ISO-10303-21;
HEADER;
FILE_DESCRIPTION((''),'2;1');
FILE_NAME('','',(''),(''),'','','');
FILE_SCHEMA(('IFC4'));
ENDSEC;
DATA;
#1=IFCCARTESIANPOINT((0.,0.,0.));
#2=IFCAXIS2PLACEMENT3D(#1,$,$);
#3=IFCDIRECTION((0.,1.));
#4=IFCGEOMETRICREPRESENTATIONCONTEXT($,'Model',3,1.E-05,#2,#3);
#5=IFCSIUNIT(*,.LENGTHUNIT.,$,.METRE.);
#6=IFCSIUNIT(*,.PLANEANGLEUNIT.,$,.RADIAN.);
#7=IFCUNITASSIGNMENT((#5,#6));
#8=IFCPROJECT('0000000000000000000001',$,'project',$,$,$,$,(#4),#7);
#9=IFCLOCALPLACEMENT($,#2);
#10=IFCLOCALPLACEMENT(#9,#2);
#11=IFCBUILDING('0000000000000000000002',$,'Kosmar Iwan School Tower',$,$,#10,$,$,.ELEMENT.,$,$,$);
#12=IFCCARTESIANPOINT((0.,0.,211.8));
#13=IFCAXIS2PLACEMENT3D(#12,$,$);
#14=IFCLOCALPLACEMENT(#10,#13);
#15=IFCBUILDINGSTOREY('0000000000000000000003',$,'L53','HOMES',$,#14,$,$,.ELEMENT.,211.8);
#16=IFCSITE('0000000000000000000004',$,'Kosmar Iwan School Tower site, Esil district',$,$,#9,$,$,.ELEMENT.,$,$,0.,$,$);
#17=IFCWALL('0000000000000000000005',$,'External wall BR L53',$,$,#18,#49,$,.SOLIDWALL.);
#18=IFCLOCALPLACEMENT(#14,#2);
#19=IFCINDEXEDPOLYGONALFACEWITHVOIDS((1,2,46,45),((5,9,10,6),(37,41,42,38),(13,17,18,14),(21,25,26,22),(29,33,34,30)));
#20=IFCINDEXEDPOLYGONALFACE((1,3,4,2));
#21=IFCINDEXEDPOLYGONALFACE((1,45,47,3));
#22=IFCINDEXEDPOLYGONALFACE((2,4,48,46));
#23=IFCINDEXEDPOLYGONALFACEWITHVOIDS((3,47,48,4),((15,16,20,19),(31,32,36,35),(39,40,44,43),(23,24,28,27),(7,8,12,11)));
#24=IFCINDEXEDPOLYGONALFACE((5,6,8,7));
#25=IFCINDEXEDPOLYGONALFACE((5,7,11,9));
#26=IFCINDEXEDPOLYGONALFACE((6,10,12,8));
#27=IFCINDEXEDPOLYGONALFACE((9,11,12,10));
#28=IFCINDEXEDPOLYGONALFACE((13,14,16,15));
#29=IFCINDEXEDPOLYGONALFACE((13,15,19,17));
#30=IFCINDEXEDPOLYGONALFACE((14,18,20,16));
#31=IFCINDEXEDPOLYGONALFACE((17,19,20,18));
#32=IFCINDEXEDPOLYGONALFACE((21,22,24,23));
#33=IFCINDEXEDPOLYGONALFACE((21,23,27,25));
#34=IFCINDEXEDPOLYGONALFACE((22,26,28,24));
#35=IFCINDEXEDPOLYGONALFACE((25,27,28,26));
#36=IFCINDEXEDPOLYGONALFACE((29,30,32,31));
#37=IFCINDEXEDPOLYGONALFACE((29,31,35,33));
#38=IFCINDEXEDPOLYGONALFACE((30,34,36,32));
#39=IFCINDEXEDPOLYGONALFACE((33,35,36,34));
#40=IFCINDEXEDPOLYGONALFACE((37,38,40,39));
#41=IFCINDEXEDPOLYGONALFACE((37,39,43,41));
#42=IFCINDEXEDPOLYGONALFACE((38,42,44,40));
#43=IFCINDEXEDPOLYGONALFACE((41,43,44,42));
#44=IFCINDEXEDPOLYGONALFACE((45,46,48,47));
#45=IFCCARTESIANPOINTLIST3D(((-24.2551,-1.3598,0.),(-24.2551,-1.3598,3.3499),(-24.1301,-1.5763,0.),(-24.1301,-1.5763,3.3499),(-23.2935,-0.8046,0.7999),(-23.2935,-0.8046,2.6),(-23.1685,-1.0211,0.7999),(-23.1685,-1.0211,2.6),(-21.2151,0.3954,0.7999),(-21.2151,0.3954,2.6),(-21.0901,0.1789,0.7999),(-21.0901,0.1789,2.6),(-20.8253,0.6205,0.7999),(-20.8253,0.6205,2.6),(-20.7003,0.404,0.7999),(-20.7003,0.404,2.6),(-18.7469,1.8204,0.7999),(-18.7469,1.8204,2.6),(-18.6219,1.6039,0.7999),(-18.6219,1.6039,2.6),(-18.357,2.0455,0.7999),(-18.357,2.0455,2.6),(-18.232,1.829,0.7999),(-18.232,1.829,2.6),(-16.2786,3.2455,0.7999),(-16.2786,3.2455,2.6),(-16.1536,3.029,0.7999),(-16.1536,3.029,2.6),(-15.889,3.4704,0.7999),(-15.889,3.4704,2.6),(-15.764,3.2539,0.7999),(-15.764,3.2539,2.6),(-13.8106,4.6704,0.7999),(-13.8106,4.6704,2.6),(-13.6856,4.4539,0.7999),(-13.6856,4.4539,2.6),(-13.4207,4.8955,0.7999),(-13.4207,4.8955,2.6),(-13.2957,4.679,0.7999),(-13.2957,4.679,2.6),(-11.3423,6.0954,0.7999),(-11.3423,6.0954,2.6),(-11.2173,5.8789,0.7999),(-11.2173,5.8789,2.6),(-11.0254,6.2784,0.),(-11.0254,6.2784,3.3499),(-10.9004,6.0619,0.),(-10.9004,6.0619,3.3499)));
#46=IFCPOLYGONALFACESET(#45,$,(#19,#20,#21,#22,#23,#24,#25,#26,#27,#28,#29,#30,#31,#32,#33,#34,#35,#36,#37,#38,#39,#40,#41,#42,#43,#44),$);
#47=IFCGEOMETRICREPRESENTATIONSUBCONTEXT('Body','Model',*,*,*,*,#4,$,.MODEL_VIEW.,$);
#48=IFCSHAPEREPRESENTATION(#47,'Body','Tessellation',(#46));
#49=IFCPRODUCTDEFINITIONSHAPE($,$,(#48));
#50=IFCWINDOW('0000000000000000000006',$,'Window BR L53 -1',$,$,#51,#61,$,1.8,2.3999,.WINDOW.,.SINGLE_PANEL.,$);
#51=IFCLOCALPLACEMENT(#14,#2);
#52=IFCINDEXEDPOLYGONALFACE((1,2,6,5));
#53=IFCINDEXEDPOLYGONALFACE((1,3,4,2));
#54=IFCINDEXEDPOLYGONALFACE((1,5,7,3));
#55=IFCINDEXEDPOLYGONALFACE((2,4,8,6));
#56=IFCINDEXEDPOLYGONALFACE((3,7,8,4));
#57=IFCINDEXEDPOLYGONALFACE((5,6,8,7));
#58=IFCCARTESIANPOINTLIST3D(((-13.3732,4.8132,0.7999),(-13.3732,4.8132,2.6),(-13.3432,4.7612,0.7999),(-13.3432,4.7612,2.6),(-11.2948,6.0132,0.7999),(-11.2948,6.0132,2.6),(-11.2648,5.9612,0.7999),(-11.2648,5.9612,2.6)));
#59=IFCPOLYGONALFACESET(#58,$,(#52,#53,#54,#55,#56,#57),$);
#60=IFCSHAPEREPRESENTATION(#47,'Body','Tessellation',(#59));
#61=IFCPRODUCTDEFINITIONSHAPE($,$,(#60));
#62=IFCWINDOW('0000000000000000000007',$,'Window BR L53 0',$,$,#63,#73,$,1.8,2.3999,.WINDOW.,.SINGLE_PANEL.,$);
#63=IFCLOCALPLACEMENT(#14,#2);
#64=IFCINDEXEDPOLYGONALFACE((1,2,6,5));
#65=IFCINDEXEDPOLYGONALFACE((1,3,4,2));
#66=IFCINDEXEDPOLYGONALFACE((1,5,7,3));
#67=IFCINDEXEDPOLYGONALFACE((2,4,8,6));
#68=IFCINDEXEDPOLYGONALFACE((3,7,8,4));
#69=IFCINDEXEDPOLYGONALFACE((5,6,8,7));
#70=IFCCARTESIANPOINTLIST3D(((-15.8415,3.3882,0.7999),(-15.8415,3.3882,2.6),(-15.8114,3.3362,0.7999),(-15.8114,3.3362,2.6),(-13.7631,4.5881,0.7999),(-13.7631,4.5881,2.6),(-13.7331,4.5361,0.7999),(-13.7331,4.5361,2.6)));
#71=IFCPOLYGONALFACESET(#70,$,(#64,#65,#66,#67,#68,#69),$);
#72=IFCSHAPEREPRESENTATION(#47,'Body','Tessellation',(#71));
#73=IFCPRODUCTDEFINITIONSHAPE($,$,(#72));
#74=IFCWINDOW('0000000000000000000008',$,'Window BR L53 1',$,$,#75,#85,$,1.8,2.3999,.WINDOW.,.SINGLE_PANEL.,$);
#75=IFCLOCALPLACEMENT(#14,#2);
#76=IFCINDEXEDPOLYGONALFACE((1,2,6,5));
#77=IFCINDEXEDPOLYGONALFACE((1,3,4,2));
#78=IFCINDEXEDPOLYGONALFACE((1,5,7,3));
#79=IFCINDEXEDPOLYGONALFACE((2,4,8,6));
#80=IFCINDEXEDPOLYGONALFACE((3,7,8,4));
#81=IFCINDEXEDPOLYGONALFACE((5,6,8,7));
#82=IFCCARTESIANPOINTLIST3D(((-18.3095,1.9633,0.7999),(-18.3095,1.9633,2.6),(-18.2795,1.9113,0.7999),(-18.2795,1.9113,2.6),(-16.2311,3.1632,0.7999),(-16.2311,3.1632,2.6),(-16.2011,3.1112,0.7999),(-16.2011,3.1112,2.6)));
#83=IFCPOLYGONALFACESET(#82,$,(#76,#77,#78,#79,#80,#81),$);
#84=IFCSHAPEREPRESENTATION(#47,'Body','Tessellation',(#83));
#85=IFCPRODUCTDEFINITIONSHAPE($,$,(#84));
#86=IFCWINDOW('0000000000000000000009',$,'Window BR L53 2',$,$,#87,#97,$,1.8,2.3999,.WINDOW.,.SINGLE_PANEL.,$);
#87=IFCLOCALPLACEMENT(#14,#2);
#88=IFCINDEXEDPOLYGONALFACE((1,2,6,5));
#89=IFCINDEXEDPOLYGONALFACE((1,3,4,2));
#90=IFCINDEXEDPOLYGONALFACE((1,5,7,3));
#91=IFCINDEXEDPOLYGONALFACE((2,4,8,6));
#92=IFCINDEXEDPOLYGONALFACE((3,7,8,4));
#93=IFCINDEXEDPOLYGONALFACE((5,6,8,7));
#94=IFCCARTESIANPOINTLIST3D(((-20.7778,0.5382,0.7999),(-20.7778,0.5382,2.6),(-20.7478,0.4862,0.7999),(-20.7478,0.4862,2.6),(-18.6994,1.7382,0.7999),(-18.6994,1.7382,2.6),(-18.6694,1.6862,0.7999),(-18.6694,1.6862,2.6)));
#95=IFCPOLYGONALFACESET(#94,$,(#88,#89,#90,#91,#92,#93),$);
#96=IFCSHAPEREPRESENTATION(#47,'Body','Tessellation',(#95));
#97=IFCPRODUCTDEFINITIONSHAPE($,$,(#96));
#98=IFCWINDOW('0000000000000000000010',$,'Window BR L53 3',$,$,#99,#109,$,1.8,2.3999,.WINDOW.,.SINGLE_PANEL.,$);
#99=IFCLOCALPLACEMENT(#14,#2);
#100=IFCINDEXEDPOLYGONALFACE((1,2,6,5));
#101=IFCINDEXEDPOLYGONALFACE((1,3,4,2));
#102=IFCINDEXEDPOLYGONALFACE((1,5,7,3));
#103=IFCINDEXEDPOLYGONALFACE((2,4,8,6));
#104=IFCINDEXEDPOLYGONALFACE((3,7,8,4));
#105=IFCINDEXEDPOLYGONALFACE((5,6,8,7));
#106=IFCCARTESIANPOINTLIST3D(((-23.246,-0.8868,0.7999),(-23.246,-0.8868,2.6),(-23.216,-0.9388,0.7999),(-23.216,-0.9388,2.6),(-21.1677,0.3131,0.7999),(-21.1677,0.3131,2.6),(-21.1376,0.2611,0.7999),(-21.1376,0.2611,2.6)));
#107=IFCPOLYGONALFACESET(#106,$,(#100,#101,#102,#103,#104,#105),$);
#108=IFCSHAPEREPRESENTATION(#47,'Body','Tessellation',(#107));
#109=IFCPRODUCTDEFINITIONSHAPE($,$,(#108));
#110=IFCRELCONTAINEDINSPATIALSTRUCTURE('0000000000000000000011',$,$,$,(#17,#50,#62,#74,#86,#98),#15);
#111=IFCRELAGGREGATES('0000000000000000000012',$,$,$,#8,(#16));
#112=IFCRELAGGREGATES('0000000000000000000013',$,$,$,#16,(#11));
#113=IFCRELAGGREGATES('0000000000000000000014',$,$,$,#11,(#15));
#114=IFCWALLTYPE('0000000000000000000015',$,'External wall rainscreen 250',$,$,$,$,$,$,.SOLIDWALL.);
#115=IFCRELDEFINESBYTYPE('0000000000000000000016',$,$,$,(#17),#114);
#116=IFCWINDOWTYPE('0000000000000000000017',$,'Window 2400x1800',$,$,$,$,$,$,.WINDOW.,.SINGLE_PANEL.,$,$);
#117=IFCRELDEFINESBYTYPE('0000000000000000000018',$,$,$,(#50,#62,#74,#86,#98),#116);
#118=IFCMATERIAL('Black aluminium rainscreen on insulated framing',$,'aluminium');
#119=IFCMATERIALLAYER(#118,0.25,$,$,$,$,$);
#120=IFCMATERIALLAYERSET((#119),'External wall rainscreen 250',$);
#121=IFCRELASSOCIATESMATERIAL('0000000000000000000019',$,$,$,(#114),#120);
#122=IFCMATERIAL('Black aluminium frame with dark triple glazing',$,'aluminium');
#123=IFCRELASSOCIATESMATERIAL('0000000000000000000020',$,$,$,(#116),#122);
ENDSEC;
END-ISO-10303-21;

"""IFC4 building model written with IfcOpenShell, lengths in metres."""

from ifc_helpers import new_model, si_unit, direction, frame, frame_2d, origin, place, context, subcontext, project, spatial, rectangle, extrude, material, layer, layer_set, type_object, element, fill, save


model = new_model("IFC4")

# Units and contexts
model_context = context("Model", 3, precision=1e-05, world=origin(), true_north=direction((0.0, 1.0)))
body_context = subcontext(model_context, "Body", "Model", "MODEL_VIEW")
ifc_project = project(units=[si_unit("LENGTHUNIT", "METRE"), si_unit("PLANEANGLEUNIT", "RADIAN")], contexts=[model_context])

# Site, building, storey
site_placement = place(None, origin())
site = spatial("IfcSite", under=ifc_project, at=site_placement, Name="Kosmar Iwan School Tower site, Esil district", CompositionType="ELEMENT", RefElevation=0.0)
building_placement = place(site_placement, origin())
building = spatial("IfcBuilding", under=site, at=building_placement, Name="Kosmar Iwan School Tower", CompositionType="ELEMENT")
storey_placement = place(building_placement, frame((0.0, 0.0, 211.8)))
storey = spatial("IfcBuildingStorey", under=building, at=storey_placement, Name="L53", Description="HOMES", CompositionType="ELEMENT", Elevation=211.8)

# Wall, openings, windows
ifc_material_1 = material(Name="Black aluminium rainscreen on insulated framing", Category="aluminium")
ifc_layer_1 = layer(ifc_material_1, 0.25)
ifc_layer_set_1 = layer_set([ifc_layer_1], Name="External wall rainscreen 250")
wall_type_1 = type_object("IfcWallType", Name="External wall rainscreen 250", PredefinedType="SOLIDWALL", material=ifc_layer_set_1)
ifc_material_2 = material(Name="Black aluminium frame with dark triple glazing", Category="aluminium")
window_type = type_object("IfcWindowType", Name="Window 2400x1800", PartitioningType="SINGLE_PANEL", PredefinedType="WINDOW", material=ifc_material_2)
wall_1_placement = place(storey_placement, frame((-10.9629, 6.1702, 0.0), z_axis=(0.0, 0.0, 1.0), x_axis=(-0.866026, -0.5, 0.0)))
wall_1 = element("IfcWall", 1, at=wall_1_placement, inside=storey, type_object=wall_type_1, Name="External wall BR L53", PredefinedType="SOLIDWALL", context=body_context, shape_type="SweptSolid", body=[
    extrude(rectangle(XDim=15.2764, YDim=0.25, at=frame_2d((7.6382, 0.0))), origin(), (0.0, 0.0, 1.0), 3.3499),
])
opening_1_placement = place(wall_1_placement, frame((0.366, 0.0, 0.8)))
opening_1 = element("IfcOpeningElement", 2, at=opening_1_placement, cuts=wall_1, PredefinedType="OPENING", context=body_context, shape_type="SweptSolid", body=[
    extrude(rectangle(XDim=2.3999, YDim=1.8, at=frame_2d((1.2, 0.8999))), frame((0.0, 0.137, 0.0), z_axis=(0.0, -1.0, 0.0), x_axis=(1.0, 0.0, 0.0)), (0.0, 0.0, 1.0), 0.2739),
])
opening_2_placement = place(wall_1_placement, frame((3.2161, 0.0, 0.8)))
opening_2 = element("IfcOpeningElement", 3, at=opening_2_placement, cuts=wall_1, PredefinedType="OPENING", context=body_context, shape_type="SweptSolid", body=[
    extrude(rectangle(XDim=2.3999, YDim=1.8, at=frame_2d((1.2, 0.8999))), frame((0.0, 0.137, 0.0), z_axis=(0.0, -1.0, 0.0), x_axis=(1.0, 0.0, 0.0)), (0.0, 0.0, 1.0), 0.2739),
])
opening_3_placement = place(wall_1_placement, frame((6.0659, 0.0, 0.8)))
opening_3 = element("IfcOpeningElement", 4, at=opening_3_placement, cuts=wall_1, PredefinedType="OPENING", context=body_context, shape_type="SweptSolid", body=[
    extrude(rectangle(XDim=2.3999, YDim=1.8, at=frame_2d((1.2, 0.8999))), frame((0.0, 0.137, 0.0), z_axis=(0.0, -1.0, 0.0), x_axis=(1.0, 0.0, 0.0)), (0.0, 0.0, 1.0), 0.2739),
])
opening_4_placement = place(wall_1_placement, frame((8.916, 0.0, 0.8)))
opening_4 = element("IfcOpeningElement", 5, at=opening_4_placement, cuts=wall_1, PredefinedType="OPENING", context=body_context, shape_type="SweptSolid", body=[
    extrude(rectangle(XDim=2.3999, YDim=1.8, at=frame_2d((1.2, 0.8999))), frame((0.0, 0.137, 0.0), z_axis=(0.0, -1.0, 0.0), x_axis=(1.0, 0.0, 0.0)), (0.0, 0.0, 1.0), 0.2739),
])
opening_5_placement = place(wall_1_placement, frame((11.7661, 0.0, 0.8)))
opening_5 = element("IfcOpeningElement", 6, at=opening_5_placement, cuts=wall_1, PredefinedType="OPENING", context=body_context, shape_type="SweptSolid", body=[
    extrude(rectangle(XDim=2.3999, YDim=1.8, at=frame_2d((1.2, 0.8999))), frame((0.0, 0.137, 0.0), z_axis=(0.0, -1.0, 0.0), x_axis=(1.0, 0.0, 0.0)), (0.0, 0.0, 1.0), 0.2739),
])
window_1_placement = place(opening_1_placement, origin())
window_1 = element("IfcWindow", 7, at=window_1_placement, inside=storey, type_object=window_type, Name="Window BR L53 -1", OverallHeight=1.8, OverallWidth=2.3999, PartitioningType="SINGLE_PANEL", PredefinedType="WINDOW", context=body_context, shape_type="SweptSolid", body=[
    extrude(rectangle(XDim=2.3999, YDim=1.8, at=frame_2d((1.2, 0.8999))), frame((0.0, 0.03, 0.0), z_axis=(0.0, -1.0, 0.0), x_axis=(1.0, 0.0, 0.0)), (0.0, 0.0, 1.0), 0.0601),
])
fill(opening_1, window_1)
window_2_placement = place(opening_2_placement, origin())
window_2 = element("IfcWindow", 8, at=window_2_placement, inside=storey, type_object=window_type, Name="Window BR L53 0", OverallHeight=1.8, OverallWidth=2.3999, PartitioningType="SINGLE_PANEL", PredefinedType="WINDOW", context=body_context, shape_type="SweptSolid", body=[
    extrude(rectangle(XDim=2.3999, YDim=1.8, at=frame_2d((1.2, 0.8999))), frame((0.0, 0.03, 0.0), z_axis=(0.0, -1.0, 0.0), x_axis=(1.0, 0.0, 0.0)), (0.0, 0.0, 1.0), 0.0601),
])
fill(opening_2, window_2)
window_3_placement = place(opening_3_placement, origin())
window_3 = element("IfcWindow", 9, at=window_3_placement, inside=storey, type_object=window_type, Name="Window BR L53 1", OverallHeight=1.8, OverallWidth=2.3999, PartitioningType="SINGLE_PANEL", PredefinedType="WINDOW", context=body_context, shape_type="SweptSolid", body=[
    extrude(rectangle(XDim=2.3999, YDim=1.8, at=frame_2d((1.2, 0.8999))), frame((0.0, 0.03, 0.0), z_axis=(0.0, -1.0, 0.0), x_axis=(1.0, 0.0, 0.0)), (0.0, 0.0, 1.0), 0.0601),
])
fill(opening_3, window_3)
window_4_placement = place(opening_4_placement, origin())
window_4 = element("IfcWindow", 10, at=window_4_placement, inside=storey, type_object=window_type, Name="Window BR L53 2", OverallHeight=1.8, OverallWidth=2.3999, PartitioningType="SINGLE_PANEL", PredefinedType="WINDOW", context=body_context, shape_type="SweptSolid", body=[
    extrude(rectangle(XDim=2.3999, YDim=1.8, at=frame_2d((1.2, 0.8999))), frame((0.0, 0.03, 0.0), z_axis=(0.0, -1.0, 0.0), x_axis=(1.0, 0.0, 0.0)), (0.0, 0.0, 1.0), 0.0601),
])
fill(opening_4, window_4)
window_5_placement = place(opening_5_placement, origin())
window_5 = element("IfcWindow", 11, at=window_5_placement, inside=storey, type_object=window_type, Name="Window BR L53 3", OverallHeight=1.8, OverallWidth=2.3999, PartitioningType="SINGLE_PANEL", PredefinedType="WINDOW", context=body_context, shape_type="SweptSolid", body=[
    extrude(rectangle(XDim=2.3999, YDim=1.8, at=frame_2d((1.2, 0.8999))), frame((0.0, 0.03, 0.0), z_axis=(0.0, -1.0, 0.0), x_axis=(1.0, 0.0, 0.0)), (0.0, 0.0, 1.0), 0.0601),
])
fill(opening_5, window_5)

save(model, "model.ifc")
